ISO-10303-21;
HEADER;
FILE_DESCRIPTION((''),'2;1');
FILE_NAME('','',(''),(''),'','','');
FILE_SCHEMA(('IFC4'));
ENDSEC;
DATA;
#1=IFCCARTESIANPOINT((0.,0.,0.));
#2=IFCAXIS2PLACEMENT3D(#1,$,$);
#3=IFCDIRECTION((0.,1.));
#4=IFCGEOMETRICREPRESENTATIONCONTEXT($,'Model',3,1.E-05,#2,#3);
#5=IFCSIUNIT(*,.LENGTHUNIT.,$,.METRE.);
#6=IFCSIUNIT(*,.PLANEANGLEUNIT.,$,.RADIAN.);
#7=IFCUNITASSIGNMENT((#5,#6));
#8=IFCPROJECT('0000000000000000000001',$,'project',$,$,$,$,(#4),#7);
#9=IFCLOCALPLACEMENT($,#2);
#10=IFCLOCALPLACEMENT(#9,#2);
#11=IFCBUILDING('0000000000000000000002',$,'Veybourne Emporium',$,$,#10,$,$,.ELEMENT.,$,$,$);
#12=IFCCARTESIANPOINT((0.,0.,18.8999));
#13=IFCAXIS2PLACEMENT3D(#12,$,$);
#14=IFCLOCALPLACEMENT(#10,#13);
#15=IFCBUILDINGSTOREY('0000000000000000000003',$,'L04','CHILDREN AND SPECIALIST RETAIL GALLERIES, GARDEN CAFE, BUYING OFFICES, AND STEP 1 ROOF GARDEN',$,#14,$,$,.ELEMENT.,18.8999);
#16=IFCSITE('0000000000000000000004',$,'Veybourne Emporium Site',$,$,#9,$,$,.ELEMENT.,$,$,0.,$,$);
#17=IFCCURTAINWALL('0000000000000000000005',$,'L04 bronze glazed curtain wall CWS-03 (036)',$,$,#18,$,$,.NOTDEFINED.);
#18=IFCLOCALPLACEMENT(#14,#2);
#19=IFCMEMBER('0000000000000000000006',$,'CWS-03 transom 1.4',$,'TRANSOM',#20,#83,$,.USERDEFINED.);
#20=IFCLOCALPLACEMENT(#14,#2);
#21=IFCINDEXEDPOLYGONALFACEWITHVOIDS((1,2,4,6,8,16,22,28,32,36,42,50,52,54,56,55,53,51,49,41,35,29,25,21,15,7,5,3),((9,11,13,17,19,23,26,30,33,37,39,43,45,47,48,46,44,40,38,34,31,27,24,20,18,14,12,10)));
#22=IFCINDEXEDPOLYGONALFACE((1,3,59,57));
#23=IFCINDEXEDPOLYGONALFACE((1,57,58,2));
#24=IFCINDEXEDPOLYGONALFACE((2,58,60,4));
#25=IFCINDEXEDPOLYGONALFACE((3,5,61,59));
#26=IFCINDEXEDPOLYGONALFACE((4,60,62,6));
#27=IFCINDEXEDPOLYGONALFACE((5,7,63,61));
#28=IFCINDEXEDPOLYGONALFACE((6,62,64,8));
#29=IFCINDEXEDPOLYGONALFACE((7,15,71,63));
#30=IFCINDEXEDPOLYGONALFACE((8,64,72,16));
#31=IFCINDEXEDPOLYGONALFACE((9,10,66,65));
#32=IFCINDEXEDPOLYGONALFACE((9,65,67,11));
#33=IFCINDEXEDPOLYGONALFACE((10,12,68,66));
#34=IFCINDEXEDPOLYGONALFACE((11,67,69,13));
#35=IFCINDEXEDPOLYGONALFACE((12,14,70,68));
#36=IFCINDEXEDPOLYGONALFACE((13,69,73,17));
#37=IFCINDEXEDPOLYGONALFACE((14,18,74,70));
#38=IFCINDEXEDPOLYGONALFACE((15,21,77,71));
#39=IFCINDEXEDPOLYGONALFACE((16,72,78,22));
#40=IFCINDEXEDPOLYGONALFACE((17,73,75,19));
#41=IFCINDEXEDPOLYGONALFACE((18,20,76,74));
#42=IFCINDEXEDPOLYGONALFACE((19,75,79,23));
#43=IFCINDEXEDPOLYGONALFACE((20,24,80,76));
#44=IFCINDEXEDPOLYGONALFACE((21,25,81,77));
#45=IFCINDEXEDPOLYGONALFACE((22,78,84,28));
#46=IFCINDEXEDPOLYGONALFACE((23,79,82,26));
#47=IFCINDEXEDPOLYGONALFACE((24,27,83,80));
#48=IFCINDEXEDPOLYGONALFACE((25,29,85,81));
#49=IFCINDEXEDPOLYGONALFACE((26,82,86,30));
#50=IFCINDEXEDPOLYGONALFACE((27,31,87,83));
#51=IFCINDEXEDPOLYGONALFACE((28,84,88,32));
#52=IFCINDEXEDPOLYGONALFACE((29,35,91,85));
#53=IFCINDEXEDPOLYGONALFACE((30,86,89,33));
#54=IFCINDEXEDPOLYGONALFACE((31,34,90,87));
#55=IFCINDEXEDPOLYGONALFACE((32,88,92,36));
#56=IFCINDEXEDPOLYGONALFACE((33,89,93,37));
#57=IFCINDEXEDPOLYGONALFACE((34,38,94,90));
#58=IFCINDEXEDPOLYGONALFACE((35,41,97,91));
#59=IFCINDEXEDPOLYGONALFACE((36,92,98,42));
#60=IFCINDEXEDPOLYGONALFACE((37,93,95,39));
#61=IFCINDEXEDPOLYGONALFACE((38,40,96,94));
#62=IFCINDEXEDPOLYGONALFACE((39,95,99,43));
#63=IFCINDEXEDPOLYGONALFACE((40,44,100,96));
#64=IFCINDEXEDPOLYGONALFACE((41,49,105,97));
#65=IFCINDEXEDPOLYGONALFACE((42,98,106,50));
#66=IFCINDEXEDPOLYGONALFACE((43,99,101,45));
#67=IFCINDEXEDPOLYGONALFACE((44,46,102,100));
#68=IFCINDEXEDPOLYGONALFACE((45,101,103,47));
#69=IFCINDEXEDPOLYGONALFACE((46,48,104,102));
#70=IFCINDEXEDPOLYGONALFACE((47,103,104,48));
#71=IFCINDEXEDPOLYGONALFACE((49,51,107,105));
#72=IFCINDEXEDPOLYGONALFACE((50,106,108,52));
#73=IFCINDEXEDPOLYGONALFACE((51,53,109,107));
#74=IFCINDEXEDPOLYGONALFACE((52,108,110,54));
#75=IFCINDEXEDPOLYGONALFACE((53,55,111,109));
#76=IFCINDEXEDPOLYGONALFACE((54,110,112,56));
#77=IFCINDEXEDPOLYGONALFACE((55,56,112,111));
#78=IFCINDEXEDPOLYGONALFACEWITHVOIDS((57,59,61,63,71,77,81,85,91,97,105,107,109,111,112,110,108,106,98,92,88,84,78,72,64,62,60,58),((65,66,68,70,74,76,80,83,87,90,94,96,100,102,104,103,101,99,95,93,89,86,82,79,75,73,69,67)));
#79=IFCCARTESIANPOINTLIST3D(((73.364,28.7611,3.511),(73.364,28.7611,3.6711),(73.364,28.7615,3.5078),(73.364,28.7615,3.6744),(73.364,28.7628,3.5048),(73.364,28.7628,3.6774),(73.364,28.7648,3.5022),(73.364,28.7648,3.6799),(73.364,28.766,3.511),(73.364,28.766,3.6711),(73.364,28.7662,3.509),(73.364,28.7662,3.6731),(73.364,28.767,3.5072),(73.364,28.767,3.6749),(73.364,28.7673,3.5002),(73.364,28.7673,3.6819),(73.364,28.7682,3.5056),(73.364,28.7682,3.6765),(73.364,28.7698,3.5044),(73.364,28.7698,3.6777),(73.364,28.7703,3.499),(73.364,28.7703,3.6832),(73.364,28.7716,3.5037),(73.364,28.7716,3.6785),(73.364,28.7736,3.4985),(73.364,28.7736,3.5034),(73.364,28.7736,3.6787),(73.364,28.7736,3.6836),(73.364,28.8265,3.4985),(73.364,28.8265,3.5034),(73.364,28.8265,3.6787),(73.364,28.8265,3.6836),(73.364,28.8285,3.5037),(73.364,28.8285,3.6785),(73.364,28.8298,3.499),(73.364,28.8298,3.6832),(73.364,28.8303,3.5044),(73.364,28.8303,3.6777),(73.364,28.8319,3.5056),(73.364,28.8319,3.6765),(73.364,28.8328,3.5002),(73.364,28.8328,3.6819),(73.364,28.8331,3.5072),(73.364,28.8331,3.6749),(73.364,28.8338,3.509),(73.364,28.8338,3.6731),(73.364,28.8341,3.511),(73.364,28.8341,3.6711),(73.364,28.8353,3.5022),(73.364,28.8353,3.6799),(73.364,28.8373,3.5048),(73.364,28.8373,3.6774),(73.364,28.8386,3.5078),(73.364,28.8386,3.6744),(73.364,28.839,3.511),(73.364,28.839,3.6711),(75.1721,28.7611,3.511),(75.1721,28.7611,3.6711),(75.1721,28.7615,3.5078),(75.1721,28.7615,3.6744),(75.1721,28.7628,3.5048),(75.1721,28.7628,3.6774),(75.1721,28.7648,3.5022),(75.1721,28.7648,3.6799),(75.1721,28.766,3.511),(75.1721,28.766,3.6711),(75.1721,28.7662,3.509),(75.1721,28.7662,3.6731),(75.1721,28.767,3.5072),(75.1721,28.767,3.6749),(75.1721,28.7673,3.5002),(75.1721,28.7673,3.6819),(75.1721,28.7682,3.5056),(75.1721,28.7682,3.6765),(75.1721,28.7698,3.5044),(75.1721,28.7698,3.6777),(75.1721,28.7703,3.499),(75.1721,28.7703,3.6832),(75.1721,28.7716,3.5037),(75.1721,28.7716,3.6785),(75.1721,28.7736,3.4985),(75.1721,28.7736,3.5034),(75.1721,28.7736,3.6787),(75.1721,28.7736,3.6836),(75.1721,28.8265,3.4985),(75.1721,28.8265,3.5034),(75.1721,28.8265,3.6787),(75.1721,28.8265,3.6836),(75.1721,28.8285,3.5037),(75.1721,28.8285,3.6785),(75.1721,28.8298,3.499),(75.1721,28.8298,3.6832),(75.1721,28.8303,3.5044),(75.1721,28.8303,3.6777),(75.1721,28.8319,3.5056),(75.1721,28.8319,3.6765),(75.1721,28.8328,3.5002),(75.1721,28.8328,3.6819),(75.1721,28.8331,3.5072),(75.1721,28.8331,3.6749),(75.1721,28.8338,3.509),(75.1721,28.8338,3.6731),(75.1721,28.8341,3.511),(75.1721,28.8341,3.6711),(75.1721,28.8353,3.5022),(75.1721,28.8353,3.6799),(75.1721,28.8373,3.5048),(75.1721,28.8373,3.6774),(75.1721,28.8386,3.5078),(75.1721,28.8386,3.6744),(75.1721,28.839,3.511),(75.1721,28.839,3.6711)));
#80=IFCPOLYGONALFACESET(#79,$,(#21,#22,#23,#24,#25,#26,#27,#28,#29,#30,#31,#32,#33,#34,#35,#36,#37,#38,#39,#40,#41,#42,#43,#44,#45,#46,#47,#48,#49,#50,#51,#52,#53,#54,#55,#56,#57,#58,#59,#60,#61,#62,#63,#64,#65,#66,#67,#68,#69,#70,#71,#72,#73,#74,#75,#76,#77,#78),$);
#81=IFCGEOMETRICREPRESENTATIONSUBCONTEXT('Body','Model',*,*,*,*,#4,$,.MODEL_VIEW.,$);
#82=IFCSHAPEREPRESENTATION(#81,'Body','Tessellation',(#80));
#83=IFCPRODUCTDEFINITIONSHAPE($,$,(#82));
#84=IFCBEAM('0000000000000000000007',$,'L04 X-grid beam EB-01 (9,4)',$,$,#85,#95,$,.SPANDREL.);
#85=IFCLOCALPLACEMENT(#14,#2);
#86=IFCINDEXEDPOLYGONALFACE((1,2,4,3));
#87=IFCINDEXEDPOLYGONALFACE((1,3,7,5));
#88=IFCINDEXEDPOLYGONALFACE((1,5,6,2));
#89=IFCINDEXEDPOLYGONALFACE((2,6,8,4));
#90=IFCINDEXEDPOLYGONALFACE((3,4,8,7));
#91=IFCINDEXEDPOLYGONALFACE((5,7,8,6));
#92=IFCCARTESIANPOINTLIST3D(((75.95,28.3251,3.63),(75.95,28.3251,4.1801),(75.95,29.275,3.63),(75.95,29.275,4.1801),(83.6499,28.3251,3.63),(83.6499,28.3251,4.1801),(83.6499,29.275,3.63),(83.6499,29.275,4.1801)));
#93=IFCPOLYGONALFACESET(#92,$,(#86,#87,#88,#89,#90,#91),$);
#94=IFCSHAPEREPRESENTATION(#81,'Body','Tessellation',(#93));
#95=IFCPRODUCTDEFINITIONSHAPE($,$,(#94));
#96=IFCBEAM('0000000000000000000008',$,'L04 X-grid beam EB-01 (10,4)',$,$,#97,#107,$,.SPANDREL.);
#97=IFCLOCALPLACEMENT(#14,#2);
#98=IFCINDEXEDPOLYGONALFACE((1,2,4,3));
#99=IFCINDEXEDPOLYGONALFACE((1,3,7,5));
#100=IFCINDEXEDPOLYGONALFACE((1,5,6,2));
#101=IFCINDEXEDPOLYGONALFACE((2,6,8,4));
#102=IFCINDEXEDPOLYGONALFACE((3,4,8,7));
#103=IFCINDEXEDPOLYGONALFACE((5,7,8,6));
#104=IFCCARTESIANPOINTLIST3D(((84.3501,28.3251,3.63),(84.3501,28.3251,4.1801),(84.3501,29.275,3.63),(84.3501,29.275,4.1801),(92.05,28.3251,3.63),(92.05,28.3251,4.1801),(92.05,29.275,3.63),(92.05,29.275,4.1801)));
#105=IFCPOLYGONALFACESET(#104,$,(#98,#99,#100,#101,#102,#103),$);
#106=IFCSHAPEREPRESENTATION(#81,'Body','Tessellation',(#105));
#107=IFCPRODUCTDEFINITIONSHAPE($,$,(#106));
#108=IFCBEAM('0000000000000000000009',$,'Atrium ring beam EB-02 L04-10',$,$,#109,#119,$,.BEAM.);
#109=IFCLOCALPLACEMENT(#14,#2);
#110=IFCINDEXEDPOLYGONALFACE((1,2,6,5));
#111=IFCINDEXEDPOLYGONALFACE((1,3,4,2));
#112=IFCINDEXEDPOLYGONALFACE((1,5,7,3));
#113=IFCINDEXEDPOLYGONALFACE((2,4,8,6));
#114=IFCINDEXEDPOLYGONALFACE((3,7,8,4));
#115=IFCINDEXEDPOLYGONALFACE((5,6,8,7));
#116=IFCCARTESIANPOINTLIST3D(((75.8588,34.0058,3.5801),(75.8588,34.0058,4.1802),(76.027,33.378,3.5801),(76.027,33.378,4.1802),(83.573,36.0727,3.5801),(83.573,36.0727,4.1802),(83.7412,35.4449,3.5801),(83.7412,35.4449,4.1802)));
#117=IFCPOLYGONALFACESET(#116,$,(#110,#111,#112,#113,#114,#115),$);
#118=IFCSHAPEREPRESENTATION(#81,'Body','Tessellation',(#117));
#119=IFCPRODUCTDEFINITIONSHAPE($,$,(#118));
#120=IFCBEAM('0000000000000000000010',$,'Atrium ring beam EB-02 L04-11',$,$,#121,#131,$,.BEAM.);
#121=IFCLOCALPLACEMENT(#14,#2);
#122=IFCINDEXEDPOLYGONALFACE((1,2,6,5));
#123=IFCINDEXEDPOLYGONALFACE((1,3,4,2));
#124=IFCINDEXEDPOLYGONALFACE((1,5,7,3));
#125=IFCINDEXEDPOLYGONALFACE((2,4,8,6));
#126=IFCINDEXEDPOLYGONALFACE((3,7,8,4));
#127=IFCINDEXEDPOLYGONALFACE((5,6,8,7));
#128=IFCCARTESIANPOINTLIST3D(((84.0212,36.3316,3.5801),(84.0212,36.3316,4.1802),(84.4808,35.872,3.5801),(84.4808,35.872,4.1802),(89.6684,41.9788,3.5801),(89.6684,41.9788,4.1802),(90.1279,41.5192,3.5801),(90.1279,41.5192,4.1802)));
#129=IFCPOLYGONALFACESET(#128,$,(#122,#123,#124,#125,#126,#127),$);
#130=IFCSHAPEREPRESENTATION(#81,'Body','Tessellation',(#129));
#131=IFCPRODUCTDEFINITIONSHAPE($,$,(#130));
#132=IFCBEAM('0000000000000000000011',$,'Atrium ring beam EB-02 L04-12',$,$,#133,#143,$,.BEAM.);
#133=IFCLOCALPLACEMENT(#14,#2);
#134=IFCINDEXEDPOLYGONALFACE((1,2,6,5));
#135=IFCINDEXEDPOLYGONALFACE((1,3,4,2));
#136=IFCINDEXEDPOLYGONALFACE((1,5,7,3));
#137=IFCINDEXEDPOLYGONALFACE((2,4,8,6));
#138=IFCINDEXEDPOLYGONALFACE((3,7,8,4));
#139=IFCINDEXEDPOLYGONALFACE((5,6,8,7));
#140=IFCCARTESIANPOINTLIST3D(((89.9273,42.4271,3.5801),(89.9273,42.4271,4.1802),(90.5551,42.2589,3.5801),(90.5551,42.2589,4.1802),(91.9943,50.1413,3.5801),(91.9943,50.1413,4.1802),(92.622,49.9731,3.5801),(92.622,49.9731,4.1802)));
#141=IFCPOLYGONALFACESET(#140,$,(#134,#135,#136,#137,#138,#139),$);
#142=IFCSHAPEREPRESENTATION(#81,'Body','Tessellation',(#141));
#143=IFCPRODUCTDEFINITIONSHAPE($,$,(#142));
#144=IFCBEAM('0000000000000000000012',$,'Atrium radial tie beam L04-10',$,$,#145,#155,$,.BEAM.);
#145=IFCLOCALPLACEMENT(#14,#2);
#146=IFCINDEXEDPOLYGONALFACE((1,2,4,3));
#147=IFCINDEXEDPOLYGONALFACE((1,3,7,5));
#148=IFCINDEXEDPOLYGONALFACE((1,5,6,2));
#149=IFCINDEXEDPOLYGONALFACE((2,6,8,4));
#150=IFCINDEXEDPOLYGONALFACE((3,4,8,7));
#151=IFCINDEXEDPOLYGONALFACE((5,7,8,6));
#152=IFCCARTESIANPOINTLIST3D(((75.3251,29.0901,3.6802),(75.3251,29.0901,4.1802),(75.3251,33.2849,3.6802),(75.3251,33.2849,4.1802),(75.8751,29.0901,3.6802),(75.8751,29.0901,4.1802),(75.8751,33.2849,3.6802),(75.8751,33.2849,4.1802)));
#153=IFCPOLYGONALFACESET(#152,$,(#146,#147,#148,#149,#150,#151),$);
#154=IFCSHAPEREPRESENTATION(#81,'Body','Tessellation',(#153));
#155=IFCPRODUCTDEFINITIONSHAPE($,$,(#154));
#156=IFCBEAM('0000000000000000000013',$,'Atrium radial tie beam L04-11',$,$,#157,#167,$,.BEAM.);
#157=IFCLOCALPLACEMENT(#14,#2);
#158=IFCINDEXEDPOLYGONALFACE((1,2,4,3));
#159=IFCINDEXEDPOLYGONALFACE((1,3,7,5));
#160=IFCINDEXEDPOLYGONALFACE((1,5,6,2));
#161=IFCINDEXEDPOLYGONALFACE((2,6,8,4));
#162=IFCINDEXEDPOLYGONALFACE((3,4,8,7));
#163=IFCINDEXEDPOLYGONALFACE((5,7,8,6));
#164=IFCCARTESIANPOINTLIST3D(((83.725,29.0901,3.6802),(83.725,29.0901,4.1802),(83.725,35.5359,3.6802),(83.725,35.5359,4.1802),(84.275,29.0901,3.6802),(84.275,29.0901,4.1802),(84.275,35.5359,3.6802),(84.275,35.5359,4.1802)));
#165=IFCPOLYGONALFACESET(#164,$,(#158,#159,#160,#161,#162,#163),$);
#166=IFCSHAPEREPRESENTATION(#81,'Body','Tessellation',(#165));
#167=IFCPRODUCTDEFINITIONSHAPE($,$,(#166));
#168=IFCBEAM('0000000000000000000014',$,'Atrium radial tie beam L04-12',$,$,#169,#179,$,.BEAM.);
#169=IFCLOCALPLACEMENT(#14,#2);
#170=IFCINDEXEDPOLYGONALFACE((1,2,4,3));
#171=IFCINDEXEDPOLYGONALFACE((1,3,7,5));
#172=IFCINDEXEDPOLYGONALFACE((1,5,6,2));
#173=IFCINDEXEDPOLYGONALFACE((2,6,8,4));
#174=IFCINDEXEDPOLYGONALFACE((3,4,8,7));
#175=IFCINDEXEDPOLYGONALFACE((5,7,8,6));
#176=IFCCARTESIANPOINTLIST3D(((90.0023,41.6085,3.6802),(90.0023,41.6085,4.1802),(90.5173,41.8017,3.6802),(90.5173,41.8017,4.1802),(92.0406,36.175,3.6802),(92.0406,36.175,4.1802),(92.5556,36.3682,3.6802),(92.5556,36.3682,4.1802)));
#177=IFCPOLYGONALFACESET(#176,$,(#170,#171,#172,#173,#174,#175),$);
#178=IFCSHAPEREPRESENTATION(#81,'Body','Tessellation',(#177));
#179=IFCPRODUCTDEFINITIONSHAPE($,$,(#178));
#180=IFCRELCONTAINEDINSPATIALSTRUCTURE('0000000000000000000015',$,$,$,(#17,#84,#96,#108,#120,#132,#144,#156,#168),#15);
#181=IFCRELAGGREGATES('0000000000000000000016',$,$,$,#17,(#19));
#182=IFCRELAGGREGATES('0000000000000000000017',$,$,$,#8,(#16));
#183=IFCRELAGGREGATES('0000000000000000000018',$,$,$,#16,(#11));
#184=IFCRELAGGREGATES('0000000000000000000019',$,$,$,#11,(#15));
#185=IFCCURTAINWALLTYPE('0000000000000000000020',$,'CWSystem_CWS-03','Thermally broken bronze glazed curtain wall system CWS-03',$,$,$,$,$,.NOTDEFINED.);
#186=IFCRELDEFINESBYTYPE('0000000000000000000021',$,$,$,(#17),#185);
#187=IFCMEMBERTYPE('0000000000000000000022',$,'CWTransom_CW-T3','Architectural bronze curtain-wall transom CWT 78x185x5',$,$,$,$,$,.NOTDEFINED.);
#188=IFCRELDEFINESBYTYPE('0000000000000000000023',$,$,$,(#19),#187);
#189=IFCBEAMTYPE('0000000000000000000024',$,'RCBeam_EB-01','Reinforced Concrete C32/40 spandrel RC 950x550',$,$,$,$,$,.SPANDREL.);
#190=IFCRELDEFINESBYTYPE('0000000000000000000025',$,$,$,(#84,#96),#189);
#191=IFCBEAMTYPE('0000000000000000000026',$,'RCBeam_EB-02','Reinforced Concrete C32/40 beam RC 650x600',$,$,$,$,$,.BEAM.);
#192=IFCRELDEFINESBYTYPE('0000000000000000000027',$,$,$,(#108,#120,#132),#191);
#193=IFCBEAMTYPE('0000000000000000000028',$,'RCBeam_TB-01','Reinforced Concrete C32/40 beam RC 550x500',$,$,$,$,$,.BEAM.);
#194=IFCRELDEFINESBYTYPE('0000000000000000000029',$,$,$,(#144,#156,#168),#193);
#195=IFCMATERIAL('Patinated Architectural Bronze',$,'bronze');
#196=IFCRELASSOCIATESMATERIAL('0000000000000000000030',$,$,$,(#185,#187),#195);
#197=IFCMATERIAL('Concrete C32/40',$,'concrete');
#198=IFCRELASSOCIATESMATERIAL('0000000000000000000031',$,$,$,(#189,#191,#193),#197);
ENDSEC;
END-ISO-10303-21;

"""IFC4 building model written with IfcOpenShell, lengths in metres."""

from ifc_helpers import new_model, si_unit, direction, frame, origin, origin_2d, place, context, subcontext, project, spatial, rectangle, hollow_rectangle, extrude, material, material_profile, profile_set, type_object, element, aggregate, save


model = new_model("IFC4")

# Units and contexts
model_context = context("Model", 3, precision=1e-05, world=origin(), true_north=direction((0.0, 1.0)))
body_context = subcontext(model_context, "Body", "Model", "MODEL_VIEW")
ifc_project = project(units=[si_unit("LENGTHUNIT", "METRE"), si_unit("PLANEANGLEUNIT", "RADIAN")], contexts=[model_context])

# Site, building, storey
site_placement = place(None, origin())
site = spatial("IfcSite", under=ifc_project, at=site_placement, Name="Veybourne Emporium Site", CompositionType="ELEMENT", RefElevation=0.0)
building_placement = place(site_placement, origin())
building = spatial("IfcBuilding", under=site, at=building_placement, Name="Veybourne Emporium", CompositionType="ELEMENT")
storey_placement = place(building_placement, frame((0.0, 0.0, 18.8999)))
storey = spatial("IfcBuildingStorey", under=building, at=storey_placement, Name="L04", Description="CHILDREN AND SPECIALIST RETAIL GALLERIES, GARDEN CAFE, BUYING OFFICES, AND STEP 1 ROOF GARDEN", CompositionType="ELEMENT", Elevation=18.8999)

# Curtain wall, member
ifc_material_1 = material(Name="Patinated Architectural Bronze", Category="bronze")
curtain_wall_type = type_object("IfcCurtainWallType", Name="CWSystem_CWS-03", Description="Thermally broken bronze glazed curtain wall system CWS-03", PredefinedType="NOTDEFINED", material=ifc_material_1)
curtain_wall_placement = place(storey_placement, origin())
curtain_wall = element("IfcCurtainWall", 1, at=curtain_wall_placement, inside=storey, type_object=curtain_wall_type, Name="L04 bronze glazed curtain wall CWS-03 (036)", PredefinedType="NOTDEFINED")
ifc_material_profile_1 = material_profile(ifc_material_1, hollow_rectangle(XDim=0.0779, YDim=0.1851, WallThickness=0.0049, InnerFilletRadius=0.0076, OuterFilletRadius=0.0125, at=origin_2d()), Name="CWT 78x185x5")
ifc_profile_set_1 = profile_set([ifc_material_profile_1], Name="Patinated Architectural Bronze")
member_type_1 = type_object("IfcMemberType", Name="CWTransom_CW-T3", Description="Architectural bronze curtain-wall transom CWT 78x185x5", PredefinedType="NOTDEFINED", material=ifc_profile_set_1)
member_1_placement = place(storey_placement, frame((75.1721, 28.8, 3.5911), z_axis=(-1.0, 0.0, 0.0), x_axis=(0.0, -1.0, 0.0)))
member_1 = element("IfcMember", 2, at=member_1_placement, type_object=member_type_1, Name="CWS-03 transom 1.4", ObjectType="TRANSOM", PredefinedType="USERDEFINED", context=body_context, shape_type="SweptSolid", body=[
    extrude(hollow_rectangle(XDim=0.0779, YDim=0.1851, WallThickness=0.0049, InnerFilletRadius=0.0076, OuterFilletRadius=0.0125, at=origin_2d()), origin(), (0.0, 0.0, 1.0), 1.8081),
])
aggregate(curtain_wall, [member_1])

# Beams
ifc_material_2 = material(Name="Concrete C32/40", Category="concrete")
ifc_material_profile_2 = material_profile(ifc_material_2, rectangle(XDim=0.95, YDim=0.55, at=origin_2d()), Name="RC 950x550")
ifc_profile_set_2 = profile_set([ifc_material_profile_2], Name="Concrete C32/40")
beam_type_1 = type_object("IfcBeamType", Name="RCBeam_EB-01", Description="Reinforced Concrete C32/40 spandrel RC 950x550", PredefinedType="SPANDREL", material=ifc_profile_set_2)
for number, where, z_axis, x_axis, name in (
    (3, (75.95, 28.8, 3.905), (1.0, 0.0, 0.0), (0.0, 1.0, 0.0), "L04 X-grid beam EB-01 (9,4)"),
    (4, (84.3501, 28.8, 3.905), (1.0, 0.0, 0.0), (0.0, 1.0, 0.0), "L04 X-grid beam EB-01 (10,4)"),
):
    element("IfcBeam", number, at=place(storey_placement, frame(where, z_axis=z_axis, x_axis=x_axis)), inside=storey, type_object=beam_type_1, Name=name, PredefinedType="SPANDREL", context=body_context, shape_type="SweptSolid", body=[
        extrude(rectangle(XDim=0.95, YDim=0.55, at=origin_2d()), origin(), (0.0, 0.0, 1.0), 7.7),
    ])
ifc_material_profile_3 = material_profile(ifc_material_2, rectangle(XDim=0.6499, YDim=0.6001, at=origin_2d()), Name="RC 650x600")
ifc_profile_set_3 = profile_set([ifc_material_profile_3], Name="Concrete C32/40")
beam_type_2 = type_object("IfcBeamType", Name="RCBeam_EB-02", Description="Reinforced Concrete C32/40 beam RC 650x600", PredefinedType="BEAM", material=ifc_profile_set_3)
for number, where, z_axis, x_axis, name in (
    (5, (75.9429, 33.6919, 3.8801), (0.965929, 0.258808, 0.0), (-0.258808, 0.965929, 0.0), "Atrium ring beam EB-02 L04-10"),
    (6, (84.251, 36.1018, 3.8801), (0.707107, 0.707107, 0.0), (-0.707107, 0.707107, 0.0), "Atrium ring beam EB-02 L04-11"),
    (7, (90.2412, 42.343, 3.8801), (0.258808, 0.965929, 0.0), (-0.965929, 0.258808, 0.0), "Atrium ring beam EB-02 L04-12"),
):
    element("IfcBeam", number, at=place(storey_placement, frame(where, z_axis=z_axis, x_axis=x_axis)), inside=storey, type_object=beam_type_2, Name=name, PredefinedType="BEAM", context=body_context, shape_type="SweptSolid", body=[
        extrude(rectangle(XDim=0.6499, YDim=0.6001, at=origin_2d()), origin(), (0.0, 0.0, 1.0), 7.9863),
    ])
ifc_material_profile_4 = material_profile(ifc_material_2, rectangle(XDim=0.55, YDim=0.5, at=origin_2d()), Name="RC 550x500")
ifc_profile_set_4 = profile_set([ifc_material_profile_4], Name="Concrete C32/40")
beam_type_3 = type_object("IfcBeamType", Name="RCBeam_TB-01", Description="Reinforced Concrete C32/40 beam RC 550x500", PredefinedType="BEAM", material=ifc_profile_set_4)
beam_1_placement = place(storey_placement, frame((75.6001, 33.2849, 3.9302), z_axis=(0.0, -1.0, 0.0), x_axis=(1.0, 0.0, 0.0)))
element("IfcBeam", 8, at=beam_1_placement, inside=storey, type_object=beam_type_3, Name="Atrium radial tie beam L04-10", PredefinedType="BEAM", context=body_context, shape_type="SweptSolid", body=[
    extrude(rectangle(XDim=0.55, YDim=0.5, at=origin_2d()), origin(), (0.0, 0.0, 1.0), 4.1948),
])
beam_2_placement = place(storey_placement, frame((84.0, 35.5359, 3.9302), z_axis=(0.0, -1.0, 0.0), x_axis=(1.0, 0.0, 0.0)))
element("IfcBeam", 9, at=beam_2_placement, inside=storey, type_object=beam_type_3, Name="Atrium radial tie beam L04-11", PredefinedType="BEAM", context=body_context, shape_type="SweptSolid", body=[
    extrude(rectangle(XDim=0.55, YDim=0.5, at=origin_2d()), origin(), (0.0, 0.0, 1.0), 6.4458),
])
beam_3_placement = place(storey_placement, frame((90.2598, 41.7051, 3.9302), z_axis=(0.351234, -0.936288, 0.0), x_axis=(0.936288, 0.351234, 0.0)))
element("IfcBeam", 10, at=beam_3_placement, inside=storey, type_object=beam_type_3, Name="Atrium radial tie beam L04-12", PredefinedType="BEAM", context=body_context, shape_type="SweptSolid", body=[
    extrude(rectangle(XDim=0.55, YDim=0.5, at=origin_2d()), origin(), (0.0, 0.0, 1.0), 5.8032),
])

save(model, "model.ifc")
